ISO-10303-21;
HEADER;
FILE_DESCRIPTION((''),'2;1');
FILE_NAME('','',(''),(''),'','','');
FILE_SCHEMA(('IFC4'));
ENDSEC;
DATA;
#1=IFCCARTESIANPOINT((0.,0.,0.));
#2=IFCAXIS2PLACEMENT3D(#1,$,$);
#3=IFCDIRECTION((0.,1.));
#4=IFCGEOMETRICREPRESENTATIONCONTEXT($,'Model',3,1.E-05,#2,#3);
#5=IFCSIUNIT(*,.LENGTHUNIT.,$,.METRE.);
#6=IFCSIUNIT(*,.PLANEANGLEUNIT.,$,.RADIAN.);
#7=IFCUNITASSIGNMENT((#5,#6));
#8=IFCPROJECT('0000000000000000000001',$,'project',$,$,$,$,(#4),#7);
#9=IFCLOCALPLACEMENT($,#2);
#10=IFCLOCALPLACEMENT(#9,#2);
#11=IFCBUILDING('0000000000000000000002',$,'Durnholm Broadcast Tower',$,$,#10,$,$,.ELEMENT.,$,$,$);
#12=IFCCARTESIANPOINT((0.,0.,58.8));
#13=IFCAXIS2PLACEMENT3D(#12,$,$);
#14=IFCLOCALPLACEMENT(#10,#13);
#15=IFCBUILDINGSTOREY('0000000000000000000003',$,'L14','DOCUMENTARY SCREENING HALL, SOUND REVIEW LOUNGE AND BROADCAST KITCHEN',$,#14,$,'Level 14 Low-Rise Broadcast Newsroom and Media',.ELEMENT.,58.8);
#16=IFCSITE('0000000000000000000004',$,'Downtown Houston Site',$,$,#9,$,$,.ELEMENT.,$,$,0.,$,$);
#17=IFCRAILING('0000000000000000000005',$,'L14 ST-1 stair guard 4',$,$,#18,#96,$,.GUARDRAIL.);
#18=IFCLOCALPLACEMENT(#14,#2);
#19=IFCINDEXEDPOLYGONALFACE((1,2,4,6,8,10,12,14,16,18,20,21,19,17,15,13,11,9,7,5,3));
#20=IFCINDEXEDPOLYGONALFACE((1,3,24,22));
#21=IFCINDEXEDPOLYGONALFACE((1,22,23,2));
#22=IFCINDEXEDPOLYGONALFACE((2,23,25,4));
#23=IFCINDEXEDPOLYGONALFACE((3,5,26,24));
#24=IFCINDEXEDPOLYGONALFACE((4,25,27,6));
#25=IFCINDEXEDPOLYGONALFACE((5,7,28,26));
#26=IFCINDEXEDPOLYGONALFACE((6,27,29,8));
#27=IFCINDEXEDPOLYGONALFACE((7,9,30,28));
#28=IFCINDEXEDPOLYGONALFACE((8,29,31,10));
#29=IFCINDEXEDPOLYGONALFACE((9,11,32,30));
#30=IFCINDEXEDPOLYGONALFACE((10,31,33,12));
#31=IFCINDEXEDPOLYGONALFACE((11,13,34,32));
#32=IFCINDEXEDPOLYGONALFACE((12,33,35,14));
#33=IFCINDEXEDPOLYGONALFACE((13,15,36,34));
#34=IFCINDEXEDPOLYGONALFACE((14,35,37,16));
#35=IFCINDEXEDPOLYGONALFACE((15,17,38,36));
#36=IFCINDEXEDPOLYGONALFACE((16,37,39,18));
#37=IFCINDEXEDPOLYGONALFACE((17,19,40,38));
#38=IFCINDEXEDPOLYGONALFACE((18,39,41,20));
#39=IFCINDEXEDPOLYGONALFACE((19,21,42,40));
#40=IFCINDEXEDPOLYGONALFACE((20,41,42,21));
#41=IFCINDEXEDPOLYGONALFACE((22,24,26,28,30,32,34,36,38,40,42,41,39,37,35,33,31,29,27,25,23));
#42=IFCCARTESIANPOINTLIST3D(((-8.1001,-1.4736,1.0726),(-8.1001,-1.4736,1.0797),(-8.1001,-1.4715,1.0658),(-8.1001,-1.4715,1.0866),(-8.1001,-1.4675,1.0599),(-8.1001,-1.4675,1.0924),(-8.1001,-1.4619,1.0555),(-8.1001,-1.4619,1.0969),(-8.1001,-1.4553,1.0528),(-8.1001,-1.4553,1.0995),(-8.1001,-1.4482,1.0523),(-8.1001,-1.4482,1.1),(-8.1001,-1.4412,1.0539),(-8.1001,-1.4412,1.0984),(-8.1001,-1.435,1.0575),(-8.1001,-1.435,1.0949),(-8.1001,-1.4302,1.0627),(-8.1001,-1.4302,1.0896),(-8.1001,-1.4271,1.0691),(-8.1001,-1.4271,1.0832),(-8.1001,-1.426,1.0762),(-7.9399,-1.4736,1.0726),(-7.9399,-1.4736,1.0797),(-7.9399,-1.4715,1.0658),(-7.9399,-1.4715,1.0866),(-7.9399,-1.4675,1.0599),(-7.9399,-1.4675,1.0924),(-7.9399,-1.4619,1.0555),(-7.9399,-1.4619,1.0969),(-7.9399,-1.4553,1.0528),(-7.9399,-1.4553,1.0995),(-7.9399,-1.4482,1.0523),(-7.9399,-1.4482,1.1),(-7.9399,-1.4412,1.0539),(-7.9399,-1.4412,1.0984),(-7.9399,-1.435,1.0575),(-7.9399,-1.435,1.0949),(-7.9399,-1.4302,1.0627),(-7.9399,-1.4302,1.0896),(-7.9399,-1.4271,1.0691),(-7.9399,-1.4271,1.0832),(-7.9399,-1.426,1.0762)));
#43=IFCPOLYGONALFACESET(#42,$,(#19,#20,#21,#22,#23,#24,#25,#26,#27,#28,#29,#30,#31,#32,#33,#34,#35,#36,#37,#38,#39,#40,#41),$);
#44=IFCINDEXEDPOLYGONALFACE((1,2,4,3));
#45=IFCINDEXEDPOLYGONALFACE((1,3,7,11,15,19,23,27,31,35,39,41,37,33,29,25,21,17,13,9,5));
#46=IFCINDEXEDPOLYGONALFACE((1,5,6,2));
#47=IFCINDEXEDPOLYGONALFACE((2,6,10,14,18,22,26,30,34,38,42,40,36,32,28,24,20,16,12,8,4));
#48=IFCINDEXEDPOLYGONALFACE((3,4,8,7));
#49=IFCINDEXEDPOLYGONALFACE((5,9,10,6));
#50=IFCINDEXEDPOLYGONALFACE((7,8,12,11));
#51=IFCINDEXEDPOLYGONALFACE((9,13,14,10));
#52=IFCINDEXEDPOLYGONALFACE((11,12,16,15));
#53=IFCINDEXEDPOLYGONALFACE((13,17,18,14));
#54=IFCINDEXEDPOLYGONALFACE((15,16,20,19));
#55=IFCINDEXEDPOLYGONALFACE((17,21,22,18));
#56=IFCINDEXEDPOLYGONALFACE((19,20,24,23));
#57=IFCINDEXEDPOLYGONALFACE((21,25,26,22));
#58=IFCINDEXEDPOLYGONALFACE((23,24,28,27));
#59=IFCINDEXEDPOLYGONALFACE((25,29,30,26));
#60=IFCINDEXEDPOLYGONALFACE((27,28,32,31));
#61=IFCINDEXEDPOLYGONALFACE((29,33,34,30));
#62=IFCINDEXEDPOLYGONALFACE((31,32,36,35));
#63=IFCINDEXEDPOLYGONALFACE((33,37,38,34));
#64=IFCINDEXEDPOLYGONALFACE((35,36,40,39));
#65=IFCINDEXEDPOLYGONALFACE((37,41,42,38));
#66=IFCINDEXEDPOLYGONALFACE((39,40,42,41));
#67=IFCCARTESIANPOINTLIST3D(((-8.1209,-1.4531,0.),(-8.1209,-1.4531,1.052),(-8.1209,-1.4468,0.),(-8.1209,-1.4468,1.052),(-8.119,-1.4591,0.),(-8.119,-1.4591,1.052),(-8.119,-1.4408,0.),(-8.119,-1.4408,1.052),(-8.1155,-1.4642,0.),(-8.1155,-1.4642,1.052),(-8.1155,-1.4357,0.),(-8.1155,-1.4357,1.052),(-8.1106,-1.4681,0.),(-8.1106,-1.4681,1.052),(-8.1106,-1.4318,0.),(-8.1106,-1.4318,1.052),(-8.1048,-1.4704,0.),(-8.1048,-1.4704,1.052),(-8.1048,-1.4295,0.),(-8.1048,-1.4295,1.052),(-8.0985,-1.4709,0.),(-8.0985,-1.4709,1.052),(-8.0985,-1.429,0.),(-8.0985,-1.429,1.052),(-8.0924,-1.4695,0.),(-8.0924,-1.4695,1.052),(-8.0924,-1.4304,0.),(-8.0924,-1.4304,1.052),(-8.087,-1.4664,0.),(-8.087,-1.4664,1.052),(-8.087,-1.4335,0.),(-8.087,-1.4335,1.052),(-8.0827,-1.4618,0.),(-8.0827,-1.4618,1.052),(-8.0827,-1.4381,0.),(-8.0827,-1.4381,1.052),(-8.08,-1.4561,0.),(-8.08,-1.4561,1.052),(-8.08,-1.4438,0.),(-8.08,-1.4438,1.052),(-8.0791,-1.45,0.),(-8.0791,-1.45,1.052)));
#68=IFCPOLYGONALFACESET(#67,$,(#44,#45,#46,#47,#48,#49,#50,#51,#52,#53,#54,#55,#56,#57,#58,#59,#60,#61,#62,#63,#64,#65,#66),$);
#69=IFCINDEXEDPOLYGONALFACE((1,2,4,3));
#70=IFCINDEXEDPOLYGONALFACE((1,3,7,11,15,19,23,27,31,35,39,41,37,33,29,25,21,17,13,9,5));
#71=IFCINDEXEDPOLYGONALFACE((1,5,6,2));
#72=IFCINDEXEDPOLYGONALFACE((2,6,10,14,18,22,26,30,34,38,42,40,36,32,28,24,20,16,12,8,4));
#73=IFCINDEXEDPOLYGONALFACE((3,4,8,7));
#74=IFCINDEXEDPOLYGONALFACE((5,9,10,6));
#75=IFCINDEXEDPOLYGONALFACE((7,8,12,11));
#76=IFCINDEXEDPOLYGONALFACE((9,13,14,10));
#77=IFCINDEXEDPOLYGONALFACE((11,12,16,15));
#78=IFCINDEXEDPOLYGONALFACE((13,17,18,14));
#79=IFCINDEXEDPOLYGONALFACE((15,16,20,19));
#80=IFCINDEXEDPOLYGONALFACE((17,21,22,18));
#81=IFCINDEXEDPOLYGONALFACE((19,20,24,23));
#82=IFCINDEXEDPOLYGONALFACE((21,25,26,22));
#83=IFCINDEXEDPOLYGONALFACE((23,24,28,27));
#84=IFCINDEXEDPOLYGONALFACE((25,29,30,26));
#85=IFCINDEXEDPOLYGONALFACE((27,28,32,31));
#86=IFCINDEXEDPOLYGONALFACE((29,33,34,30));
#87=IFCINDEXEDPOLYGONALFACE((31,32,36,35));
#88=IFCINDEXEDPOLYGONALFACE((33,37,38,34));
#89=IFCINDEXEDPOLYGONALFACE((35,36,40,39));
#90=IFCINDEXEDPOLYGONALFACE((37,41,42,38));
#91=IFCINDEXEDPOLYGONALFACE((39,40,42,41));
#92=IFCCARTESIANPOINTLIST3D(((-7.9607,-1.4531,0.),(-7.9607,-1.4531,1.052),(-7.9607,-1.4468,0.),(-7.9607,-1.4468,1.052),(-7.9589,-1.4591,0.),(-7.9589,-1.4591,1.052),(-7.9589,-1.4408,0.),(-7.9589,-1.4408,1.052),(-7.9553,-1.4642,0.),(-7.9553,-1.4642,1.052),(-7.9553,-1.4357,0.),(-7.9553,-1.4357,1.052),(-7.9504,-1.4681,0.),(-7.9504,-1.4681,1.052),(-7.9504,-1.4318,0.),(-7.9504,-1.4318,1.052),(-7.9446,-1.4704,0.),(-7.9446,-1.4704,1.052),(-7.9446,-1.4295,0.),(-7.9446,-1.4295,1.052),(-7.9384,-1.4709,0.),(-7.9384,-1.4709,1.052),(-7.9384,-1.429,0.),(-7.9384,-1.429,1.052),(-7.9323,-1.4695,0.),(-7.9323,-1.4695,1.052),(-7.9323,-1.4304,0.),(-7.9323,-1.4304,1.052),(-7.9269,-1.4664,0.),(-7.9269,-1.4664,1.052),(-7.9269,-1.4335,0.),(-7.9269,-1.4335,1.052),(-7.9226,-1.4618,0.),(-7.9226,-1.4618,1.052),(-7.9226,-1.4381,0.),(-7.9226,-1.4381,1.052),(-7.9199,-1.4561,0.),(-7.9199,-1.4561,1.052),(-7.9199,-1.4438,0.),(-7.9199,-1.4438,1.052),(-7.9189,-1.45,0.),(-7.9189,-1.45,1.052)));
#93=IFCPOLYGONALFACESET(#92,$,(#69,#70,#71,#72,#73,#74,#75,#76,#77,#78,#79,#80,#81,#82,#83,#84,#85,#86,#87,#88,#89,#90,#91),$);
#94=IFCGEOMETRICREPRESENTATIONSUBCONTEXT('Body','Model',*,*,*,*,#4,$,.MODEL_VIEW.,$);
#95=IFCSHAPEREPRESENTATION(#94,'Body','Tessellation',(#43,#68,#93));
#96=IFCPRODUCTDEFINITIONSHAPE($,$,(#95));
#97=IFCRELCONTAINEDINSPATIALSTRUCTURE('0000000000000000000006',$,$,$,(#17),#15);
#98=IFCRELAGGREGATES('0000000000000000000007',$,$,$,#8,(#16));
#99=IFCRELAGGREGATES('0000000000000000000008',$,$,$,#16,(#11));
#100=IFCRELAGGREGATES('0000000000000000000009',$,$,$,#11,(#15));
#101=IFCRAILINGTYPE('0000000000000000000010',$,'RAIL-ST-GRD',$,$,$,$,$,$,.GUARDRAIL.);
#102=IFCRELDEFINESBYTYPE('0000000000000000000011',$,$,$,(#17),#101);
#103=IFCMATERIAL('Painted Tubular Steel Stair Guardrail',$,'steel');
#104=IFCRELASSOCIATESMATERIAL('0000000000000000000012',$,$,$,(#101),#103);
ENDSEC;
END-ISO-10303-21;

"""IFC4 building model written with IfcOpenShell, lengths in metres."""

from ifc_helpers import new_model, si_unit, direction, frame, origin, origin_2d, place, context, subcontext, project, spatial, circle, extrude, material, type_object, element, save


model = new_model("IFC4")

# Units and contexts
model_context = context("Model", 3, precision=1e-05, world=origin(), true_north=direction((0.0, 1.0)))
body_context = subcontext(model_context, "Body", "Model", "MODEL_VIEW")
ifc_project = project(units=[si_unit("LENGTHUNIT", "METRE"), si_unit("PLANEANGLEUNIT", "RADIAN")], contexts=[model_context])

# Site, building, storey
site_placement = place(None, origin())
site = spatial("IfcSite", under=ifc_project, at=site_placement, Name="Downtown Houston Site", CompositionType="ELEMENT", RefElevation=0.0)
building_placement = place(site_placement, origin())
building = spatial("IfcBuilding", under=site, at=building_placement, Name="Durnholm Broadcast Tower", CompositionType="ELEMENT")
storey_placement = place(building_placement, frame((0.0, 0.0, 58.8)))
storey = spatial("IfcBuildingStorey", under=building, at=storey_placement, Name="L14", Description="DOCUMENTARY SCREENING HALL, SOUND REVIEW LOUNGE AND BROADCAST KITCHEN", LongName="Level 14 Low-Rise Broadcast Newsroom and Media", CompositionType="ELEMENT", Elevation=58.8)

# Railing
ifc_material_1 = material(Name="Painted Tubular Steel Stair Guardrail", Category="steel")
railing_type_1 = type_object("IfcRailingType", Name="RAIL-ST-GRD", PredefinedType="GUARDRAIL", material=ifc_material_1)
railing_1_placement = place(storey_placement, frame((-8.1001, -1.45, 0.0)))
element("IfcRailing", 1, at=railing_1_placement, inside=storey, type_object=railing_type_1, Name="L14 ST-1 stair guard 4", PredefinedType="GUARDRAIL", context=body_context, shape_type="SweptSolid", body=[
    extrude(circle(Radius=0.0239, at=origin_2d()), frame((0.0, 0.0, 1.0762), z_axis=(1.0, 0.0, 0.0), x_axis=(0.0, 1.0, 0.0)), (0.0, 0.0, 1.0), 0.1602),
    extrude(circle(Radius=0.021, at=origin_2d()), origin(), (0.0, 0.0, 1.0), 1.052),
    extrude(circle(Radius=0.021, at=origin_2d()), frame((0.1602, 0.0, 0.0)), (0.0, 0.0, 1.0), 1.052),
])

save(model, "model.ifc")
